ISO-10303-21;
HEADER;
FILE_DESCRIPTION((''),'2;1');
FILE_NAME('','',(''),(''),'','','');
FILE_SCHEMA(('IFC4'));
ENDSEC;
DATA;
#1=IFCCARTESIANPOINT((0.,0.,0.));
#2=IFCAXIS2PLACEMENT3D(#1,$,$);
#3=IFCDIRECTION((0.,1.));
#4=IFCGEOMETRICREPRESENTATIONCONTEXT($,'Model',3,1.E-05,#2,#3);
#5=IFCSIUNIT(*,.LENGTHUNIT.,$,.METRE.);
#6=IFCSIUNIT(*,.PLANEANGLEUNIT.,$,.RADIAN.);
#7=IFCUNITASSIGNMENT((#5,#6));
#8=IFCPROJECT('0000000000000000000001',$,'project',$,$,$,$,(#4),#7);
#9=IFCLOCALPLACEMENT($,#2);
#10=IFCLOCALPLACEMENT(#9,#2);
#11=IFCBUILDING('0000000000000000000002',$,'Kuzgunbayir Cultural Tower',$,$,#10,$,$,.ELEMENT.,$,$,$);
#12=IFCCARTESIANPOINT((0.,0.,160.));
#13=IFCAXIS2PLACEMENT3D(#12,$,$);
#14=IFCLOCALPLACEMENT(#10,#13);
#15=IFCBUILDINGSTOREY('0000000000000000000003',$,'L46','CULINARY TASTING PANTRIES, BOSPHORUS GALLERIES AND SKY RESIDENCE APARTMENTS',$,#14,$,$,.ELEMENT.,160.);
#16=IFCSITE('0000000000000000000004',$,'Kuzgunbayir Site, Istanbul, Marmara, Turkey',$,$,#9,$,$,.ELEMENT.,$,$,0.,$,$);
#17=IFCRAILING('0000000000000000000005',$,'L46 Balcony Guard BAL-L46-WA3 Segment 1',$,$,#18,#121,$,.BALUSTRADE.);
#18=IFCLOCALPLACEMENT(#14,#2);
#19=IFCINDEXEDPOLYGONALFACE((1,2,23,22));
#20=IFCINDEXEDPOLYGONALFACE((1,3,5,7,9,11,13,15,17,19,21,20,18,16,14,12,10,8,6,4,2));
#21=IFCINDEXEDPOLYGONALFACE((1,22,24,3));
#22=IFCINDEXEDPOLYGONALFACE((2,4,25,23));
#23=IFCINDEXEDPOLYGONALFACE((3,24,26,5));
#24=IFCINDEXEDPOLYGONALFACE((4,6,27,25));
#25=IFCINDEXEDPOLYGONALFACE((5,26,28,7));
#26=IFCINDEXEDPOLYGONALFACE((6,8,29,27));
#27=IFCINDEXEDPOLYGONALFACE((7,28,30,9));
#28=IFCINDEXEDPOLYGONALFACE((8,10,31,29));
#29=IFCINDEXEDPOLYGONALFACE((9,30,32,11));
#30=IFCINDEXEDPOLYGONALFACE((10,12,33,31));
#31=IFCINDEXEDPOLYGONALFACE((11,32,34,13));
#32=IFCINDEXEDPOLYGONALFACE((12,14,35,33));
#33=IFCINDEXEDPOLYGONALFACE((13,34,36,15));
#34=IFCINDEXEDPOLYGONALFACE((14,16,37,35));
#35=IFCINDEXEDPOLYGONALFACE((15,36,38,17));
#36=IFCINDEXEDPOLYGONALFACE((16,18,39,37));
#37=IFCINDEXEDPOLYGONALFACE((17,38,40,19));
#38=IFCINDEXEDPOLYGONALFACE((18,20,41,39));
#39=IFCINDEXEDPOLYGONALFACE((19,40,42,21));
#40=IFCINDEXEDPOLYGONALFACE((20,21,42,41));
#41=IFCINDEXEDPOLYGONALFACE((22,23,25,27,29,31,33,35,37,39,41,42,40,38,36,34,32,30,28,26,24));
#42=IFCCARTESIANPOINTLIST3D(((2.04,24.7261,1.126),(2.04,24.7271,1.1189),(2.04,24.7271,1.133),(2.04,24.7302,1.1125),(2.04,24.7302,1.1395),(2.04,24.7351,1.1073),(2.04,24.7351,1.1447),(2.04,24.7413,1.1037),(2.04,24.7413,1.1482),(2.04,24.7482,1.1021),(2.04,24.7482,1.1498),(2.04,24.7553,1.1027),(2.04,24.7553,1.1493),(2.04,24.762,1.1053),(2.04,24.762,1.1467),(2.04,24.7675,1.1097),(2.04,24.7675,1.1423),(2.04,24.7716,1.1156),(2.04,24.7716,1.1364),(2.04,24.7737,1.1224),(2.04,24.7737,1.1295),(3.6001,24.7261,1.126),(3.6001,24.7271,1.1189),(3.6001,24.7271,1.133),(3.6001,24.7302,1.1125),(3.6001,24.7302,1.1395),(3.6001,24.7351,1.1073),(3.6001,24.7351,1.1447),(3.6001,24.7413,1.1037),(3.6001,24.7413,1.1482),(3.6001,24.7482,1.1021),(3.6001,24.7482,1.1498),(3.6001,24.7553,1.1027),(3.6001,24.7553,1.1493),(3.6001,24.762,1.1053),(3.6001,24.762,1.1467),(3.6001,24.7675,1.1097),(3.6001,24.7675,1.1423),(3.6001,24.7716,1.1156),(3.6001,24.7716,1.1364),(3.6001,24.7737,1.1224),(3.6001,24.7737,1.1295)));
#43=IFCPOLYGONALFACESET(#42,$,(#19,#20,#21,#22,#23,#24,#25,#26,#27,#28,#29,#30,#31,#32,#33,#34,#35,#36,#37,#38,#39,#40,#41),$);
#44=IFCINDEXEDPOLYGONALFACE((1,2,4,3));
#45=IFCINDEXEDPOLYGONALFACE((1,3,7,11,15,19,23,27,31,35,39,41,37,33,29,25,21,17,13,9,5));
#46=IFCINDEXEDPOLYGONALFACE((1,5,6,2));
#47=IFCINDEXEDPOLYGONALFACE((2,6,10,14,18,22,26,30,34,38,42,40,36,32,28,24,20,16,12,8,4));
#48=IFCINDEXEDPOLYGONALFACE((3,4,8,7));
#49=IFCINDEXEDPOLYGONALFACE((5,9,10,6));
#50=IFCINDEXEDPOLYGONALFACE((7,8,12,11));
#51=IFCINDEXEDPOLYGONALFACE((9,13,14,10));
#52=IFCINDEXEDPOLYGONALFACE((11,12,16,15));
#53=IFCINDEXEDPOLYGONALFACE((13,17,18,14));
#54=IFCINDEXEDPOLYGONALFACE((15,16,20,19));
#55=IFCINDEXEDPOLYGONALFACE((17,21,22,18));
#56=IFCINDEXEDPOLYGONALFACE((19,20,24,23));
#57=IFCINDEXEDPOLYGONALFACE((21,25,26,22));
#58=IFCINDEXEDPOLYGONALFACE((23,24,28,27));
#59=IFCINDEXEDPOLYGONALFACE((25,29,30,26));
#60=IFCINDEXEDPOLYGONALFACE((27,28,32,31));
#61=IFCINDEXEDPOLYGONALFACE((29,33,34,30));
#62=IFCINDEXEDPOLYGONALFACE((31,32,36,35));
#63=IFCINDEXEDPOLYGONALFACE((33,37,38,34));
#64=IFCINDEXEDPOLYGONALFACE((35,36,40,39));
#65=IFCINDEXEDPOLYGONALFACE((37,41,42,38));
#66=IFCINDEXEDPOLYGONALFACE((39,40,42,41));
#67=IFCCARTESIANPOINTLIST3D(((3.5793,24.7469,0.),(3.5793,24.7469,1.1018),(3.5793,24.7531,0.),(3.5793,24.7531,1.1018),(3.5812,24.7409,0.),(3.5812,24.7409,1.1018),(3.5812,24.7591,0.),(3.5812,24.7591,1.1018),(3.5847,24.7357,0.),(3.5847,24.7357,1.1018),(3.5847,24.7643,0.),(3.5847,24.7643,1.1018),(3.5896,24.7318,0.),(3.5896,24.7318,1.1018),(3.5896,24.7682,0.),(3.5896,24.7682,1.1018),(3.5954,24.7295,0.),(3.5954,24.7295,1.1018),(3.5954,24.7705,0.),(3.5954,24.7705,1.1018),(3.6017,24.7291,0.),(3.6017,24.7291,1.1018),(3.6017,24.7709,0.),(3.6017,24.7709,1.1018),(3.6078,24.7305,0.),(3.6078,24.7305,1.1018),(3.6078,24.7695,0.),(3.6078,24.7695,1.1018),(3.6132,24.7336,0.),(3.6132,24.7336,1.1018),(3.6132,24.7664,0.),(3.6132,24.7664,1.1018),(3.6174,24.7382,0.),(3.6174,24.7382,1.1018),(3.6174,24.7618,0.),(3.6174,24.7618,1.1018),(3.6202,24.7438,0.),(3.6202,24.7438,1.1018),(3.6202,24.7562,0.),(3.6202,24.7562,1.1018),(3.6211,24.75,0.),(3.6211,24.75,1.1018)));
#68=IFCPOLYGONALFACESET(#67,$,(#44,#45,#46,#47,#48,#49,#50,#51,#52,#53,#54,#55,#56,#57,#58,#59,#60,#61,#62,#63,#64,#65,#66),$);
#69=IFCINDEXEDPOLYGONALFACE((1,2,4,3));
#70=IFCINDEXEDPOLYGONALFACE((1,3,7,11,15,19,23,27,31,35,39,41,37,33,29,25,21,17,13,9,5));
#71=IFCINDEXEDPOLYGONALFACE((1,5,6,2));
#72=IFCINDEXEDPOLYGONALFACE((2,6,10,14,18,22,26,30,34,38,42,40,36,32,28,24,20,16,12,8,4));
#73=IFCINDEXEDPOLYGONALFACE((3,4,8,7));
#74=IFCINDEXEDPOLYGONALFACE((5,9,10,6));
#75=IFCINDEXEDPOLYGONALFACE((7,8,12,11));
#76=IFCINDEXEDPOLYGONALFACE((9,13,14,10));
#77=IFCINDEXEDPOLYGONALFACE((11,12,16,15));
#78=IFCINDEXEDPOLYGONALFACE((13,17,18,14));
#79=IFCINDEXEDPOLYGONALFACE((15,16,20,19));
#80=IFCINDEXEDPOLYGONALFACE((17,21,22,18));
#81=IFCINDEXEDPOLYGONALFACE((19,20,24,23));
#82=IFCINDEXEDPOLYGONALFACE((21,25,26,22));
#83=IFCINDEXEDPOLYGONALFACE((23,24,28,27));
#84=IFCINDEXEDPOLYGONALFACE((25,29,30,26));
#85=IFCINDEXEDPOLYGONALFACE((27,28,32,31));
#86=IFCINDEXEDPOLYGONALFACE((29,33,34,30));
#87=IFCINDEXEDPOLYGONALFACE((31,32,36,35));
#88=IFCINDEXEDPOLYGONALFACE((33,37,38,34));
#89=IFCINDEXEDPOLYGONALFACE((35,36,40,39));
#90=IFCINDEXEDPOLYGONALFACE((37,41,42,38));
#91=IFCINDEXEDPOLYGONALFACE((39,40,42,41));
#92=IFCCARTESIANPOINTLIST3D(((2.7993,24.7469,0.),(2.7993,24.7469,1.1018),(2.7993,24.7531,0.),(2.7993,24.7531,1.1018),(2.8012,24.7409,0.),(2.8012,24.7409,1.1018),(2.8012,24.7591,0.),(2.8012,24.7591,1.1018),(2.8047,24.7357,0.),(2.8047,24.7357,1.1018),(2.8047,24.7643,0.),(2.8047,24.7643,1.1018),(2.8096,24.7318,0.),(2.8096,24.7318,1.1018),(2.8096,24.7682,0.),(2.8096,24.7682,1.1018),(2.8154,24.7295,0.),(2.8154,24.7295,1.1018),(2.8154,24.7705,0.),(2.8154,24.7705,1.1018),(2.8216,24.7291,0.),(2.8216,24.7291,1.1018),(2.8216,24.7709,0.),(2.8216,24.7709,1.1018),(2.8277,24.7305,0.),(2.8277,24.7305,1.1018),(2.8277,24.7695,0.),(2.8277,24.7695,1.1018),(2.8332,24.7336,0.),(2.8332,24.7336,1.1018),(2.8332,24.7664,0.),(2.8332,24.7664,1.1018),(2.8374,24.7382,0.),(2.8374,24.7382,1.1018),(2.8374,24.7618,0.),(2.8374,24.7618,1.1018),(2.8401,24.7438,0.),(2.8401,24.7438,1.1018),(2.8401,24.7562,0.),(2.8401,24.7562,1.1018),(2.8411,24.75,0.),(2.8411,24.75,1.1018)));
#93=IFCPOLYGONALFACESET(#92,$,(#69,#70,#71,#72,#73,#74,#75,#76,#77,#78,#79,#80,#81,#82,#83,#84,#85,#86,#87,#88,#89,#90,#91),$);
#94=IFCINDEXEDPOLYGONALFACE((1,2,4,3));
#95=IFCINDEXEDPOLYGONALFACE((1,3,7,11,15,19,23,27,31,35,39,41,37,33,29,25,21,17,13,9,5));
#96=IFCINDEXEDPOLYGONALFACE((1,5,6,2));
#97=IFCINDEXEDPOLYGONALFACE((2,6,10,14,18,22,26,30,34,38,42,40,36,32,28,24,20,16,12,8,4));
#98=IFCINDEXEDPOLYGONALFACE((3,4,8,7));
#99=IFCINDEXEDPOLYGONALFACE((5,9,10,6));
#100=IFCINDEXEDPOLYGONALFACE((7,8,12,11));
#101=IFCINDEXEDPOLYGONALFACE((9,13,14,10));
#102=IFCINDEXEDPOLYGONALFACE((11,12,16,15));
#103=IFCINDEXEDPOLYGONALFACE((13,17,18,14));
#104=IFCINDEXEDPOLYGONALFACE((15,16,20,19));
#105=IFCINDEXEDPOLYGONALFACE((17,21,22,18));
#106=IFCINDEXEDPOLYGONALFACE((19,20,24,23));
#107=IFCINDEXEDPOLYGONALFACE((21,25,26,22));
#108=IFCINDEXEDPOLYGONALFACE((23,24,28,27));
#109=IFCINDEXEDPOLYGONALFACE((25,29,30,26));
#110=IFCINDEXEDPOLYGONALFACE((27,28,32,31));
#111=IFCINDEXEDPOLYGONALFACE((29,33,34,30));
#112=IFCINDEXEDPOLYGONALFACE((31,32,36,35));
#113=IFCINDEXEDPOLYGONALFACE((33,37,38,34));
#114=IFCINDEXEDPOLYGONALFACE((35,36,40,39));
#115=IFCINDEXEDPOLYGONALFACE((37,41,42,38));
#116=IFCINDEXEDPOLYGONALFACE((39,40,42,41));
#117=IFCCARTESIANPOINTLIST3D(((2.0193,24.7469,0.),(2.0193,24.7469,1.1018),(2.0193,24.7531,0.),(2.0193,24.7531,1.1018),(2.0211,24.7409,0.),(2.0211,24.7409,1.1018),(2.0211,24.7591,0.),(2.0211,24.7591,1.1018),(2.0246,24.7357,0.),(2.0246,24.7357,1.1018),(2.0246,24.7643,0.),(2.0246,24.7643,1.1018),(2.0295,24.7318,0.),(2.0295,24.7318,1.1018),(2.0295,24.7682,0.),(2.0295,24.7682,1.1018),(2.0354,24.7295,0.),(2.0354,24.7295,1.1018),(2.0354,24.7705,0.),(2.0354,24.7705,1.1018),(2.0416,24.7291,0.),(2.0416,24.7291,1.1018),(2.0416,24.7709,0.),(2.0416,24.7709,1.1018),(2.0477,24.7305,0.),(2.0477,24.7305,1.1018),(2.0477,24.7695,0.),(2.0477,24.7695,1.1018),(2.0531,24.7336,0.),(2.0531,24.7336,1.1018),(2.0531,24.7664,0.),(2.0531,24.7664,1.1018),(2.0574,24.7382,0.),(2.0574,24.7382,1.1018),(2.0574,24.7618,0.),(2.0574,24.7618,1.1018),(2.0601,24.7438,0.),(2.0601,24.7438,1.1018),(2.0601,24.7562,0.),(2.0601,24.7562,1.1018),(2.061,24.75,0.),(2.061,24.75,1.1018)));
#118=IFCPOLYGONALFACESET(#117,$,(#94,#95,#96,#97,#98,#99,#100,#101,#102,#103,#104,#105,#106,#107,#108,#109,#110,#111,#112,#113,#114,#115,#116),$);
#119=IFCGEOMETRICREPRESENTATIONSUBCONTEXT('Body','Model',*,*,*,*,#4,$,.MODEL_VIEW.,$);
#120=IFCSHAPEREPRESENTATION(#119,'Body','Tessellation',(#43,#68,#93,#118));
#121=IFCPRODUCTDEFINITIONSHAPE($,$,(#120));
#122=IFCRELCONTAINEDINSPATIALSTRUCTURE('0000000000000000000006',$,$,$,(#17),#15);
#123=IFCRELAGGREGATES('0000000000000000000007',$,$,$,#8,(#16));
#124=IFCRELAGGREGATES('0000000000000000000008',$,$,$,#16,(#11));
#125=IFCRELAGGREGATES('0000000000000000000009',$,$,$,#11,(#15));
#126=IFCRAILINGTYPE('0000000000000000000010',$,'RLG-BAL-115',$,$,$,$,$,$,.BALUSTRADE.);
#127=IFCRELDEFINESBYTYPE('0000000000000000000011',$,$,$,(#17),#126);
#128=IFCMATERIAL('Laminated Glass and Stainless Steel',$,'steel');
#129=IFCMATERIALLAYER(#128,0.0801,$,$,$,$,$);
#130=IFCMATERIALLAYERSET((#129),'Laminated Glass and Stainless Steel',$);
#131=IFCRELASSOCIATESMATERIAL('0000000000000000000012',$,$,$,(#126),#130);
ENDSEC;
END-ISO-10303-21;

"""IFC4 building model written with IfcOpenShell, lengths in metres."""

from ifc_helpers import new_model, si_unit, direction, frame, origin, origin_2d, place, context, subcontext, project, spatial, circle, extrude, material, layer, layer_set, type_object, element, save


model = new_model("IFC4")

# Units and contexts
model_context = context("Model", 3, precision=1e-05, world=origin(), true_north=direction((0.0, 1.0)))
body_context = subcontext(model_context, "Body", "Model", "MODEL_VIEW")
ifc_project = project(units=[si_unit("LENGTHUNIT", "METRE"), si_unit("PLANEANGLEUNIT", "RADIAN")], contexts=[model_context])

# Site, building, storey
site_placement = place(None, origin())
site = spatial("IfcSite", under=ifc_project, at=site_placement, Name="Kuzgunbayir Site, Istanbul, Marmara, Turkey", CompositionType="ELEMENT", RefElevation=0.0)
building_placement = place(site_placement, origin())
building = spatial("IfcBuilding", under=site, at=building_placement, Name="Kuzgunbayir Cultural Tower", CompositionType="ELEMENT")
storey_placement = place(building_placement, frame((0.0, 0.0, 160.0)))
storey = spatial("IfcBuildingStorey", under=building, at=storey_placement, Name="L46", Description="CULINARY TASTING PANTRIES, BOSPHORUS GALLERIES AND SKY RESIDENCE APARTMENTS", CompositionType="ELEMENT", Elevation=160.0)

# Railing
ifc_material_1 = material(Name="Laminated Glass and Stainless Steel", Category="steel")
ifc_layer_1 = layer(ifc_material_1, 0.0801)
ifc_layer_set_1 = layer_set([ifc_layer_1], Name="Laminated Glass and Stainless Steel")
railing_type = type_object("IfcRailingType", Name="RLG-BAL-115", PredefinedType="BALUSTRADE", material=ifc_layer_set_1)
railing_1_placement = place(storey_placement, frame((3.6001, 24.75, 0.0)))
element("IfcRailing", 1, at=railing_1_placement, inside=storey, type_object=railing_type, Name="L46 Balcony Guard BAL-L46-WA3 Segment 1", PredefinedType="BALUSTRADE", context=body_context, shape_type="SweptSolid", body=[
    extrude(circle(Radius=0.0239, at=origin_2d()), frame((0.0, 0.0, 1.126), z_axis=(-1.0, 0.0, 0.0), x_axis=(0.0, -1.0, 0.0)), (0.0, 0.0, 1.0), 1.5601),
    extrude(circle(Radius=0.021, at=origin_2d()), origin(), (0.0, 0.0, 1.0), 1.1018),
    extrude(circle(Radius=0.021, at=origin_2d()), frame((-0.78, 0.0, 0.0)), (0.0, 0.0, 1.0), 1.1018),
    extrude(circle(Radius=0.021, at=origin_2d()), frame((-1.5601, 0.0, 0.0)), (0.0, 0.0, 1.0), 1.1018),
])

save(model, "model.ifc")
